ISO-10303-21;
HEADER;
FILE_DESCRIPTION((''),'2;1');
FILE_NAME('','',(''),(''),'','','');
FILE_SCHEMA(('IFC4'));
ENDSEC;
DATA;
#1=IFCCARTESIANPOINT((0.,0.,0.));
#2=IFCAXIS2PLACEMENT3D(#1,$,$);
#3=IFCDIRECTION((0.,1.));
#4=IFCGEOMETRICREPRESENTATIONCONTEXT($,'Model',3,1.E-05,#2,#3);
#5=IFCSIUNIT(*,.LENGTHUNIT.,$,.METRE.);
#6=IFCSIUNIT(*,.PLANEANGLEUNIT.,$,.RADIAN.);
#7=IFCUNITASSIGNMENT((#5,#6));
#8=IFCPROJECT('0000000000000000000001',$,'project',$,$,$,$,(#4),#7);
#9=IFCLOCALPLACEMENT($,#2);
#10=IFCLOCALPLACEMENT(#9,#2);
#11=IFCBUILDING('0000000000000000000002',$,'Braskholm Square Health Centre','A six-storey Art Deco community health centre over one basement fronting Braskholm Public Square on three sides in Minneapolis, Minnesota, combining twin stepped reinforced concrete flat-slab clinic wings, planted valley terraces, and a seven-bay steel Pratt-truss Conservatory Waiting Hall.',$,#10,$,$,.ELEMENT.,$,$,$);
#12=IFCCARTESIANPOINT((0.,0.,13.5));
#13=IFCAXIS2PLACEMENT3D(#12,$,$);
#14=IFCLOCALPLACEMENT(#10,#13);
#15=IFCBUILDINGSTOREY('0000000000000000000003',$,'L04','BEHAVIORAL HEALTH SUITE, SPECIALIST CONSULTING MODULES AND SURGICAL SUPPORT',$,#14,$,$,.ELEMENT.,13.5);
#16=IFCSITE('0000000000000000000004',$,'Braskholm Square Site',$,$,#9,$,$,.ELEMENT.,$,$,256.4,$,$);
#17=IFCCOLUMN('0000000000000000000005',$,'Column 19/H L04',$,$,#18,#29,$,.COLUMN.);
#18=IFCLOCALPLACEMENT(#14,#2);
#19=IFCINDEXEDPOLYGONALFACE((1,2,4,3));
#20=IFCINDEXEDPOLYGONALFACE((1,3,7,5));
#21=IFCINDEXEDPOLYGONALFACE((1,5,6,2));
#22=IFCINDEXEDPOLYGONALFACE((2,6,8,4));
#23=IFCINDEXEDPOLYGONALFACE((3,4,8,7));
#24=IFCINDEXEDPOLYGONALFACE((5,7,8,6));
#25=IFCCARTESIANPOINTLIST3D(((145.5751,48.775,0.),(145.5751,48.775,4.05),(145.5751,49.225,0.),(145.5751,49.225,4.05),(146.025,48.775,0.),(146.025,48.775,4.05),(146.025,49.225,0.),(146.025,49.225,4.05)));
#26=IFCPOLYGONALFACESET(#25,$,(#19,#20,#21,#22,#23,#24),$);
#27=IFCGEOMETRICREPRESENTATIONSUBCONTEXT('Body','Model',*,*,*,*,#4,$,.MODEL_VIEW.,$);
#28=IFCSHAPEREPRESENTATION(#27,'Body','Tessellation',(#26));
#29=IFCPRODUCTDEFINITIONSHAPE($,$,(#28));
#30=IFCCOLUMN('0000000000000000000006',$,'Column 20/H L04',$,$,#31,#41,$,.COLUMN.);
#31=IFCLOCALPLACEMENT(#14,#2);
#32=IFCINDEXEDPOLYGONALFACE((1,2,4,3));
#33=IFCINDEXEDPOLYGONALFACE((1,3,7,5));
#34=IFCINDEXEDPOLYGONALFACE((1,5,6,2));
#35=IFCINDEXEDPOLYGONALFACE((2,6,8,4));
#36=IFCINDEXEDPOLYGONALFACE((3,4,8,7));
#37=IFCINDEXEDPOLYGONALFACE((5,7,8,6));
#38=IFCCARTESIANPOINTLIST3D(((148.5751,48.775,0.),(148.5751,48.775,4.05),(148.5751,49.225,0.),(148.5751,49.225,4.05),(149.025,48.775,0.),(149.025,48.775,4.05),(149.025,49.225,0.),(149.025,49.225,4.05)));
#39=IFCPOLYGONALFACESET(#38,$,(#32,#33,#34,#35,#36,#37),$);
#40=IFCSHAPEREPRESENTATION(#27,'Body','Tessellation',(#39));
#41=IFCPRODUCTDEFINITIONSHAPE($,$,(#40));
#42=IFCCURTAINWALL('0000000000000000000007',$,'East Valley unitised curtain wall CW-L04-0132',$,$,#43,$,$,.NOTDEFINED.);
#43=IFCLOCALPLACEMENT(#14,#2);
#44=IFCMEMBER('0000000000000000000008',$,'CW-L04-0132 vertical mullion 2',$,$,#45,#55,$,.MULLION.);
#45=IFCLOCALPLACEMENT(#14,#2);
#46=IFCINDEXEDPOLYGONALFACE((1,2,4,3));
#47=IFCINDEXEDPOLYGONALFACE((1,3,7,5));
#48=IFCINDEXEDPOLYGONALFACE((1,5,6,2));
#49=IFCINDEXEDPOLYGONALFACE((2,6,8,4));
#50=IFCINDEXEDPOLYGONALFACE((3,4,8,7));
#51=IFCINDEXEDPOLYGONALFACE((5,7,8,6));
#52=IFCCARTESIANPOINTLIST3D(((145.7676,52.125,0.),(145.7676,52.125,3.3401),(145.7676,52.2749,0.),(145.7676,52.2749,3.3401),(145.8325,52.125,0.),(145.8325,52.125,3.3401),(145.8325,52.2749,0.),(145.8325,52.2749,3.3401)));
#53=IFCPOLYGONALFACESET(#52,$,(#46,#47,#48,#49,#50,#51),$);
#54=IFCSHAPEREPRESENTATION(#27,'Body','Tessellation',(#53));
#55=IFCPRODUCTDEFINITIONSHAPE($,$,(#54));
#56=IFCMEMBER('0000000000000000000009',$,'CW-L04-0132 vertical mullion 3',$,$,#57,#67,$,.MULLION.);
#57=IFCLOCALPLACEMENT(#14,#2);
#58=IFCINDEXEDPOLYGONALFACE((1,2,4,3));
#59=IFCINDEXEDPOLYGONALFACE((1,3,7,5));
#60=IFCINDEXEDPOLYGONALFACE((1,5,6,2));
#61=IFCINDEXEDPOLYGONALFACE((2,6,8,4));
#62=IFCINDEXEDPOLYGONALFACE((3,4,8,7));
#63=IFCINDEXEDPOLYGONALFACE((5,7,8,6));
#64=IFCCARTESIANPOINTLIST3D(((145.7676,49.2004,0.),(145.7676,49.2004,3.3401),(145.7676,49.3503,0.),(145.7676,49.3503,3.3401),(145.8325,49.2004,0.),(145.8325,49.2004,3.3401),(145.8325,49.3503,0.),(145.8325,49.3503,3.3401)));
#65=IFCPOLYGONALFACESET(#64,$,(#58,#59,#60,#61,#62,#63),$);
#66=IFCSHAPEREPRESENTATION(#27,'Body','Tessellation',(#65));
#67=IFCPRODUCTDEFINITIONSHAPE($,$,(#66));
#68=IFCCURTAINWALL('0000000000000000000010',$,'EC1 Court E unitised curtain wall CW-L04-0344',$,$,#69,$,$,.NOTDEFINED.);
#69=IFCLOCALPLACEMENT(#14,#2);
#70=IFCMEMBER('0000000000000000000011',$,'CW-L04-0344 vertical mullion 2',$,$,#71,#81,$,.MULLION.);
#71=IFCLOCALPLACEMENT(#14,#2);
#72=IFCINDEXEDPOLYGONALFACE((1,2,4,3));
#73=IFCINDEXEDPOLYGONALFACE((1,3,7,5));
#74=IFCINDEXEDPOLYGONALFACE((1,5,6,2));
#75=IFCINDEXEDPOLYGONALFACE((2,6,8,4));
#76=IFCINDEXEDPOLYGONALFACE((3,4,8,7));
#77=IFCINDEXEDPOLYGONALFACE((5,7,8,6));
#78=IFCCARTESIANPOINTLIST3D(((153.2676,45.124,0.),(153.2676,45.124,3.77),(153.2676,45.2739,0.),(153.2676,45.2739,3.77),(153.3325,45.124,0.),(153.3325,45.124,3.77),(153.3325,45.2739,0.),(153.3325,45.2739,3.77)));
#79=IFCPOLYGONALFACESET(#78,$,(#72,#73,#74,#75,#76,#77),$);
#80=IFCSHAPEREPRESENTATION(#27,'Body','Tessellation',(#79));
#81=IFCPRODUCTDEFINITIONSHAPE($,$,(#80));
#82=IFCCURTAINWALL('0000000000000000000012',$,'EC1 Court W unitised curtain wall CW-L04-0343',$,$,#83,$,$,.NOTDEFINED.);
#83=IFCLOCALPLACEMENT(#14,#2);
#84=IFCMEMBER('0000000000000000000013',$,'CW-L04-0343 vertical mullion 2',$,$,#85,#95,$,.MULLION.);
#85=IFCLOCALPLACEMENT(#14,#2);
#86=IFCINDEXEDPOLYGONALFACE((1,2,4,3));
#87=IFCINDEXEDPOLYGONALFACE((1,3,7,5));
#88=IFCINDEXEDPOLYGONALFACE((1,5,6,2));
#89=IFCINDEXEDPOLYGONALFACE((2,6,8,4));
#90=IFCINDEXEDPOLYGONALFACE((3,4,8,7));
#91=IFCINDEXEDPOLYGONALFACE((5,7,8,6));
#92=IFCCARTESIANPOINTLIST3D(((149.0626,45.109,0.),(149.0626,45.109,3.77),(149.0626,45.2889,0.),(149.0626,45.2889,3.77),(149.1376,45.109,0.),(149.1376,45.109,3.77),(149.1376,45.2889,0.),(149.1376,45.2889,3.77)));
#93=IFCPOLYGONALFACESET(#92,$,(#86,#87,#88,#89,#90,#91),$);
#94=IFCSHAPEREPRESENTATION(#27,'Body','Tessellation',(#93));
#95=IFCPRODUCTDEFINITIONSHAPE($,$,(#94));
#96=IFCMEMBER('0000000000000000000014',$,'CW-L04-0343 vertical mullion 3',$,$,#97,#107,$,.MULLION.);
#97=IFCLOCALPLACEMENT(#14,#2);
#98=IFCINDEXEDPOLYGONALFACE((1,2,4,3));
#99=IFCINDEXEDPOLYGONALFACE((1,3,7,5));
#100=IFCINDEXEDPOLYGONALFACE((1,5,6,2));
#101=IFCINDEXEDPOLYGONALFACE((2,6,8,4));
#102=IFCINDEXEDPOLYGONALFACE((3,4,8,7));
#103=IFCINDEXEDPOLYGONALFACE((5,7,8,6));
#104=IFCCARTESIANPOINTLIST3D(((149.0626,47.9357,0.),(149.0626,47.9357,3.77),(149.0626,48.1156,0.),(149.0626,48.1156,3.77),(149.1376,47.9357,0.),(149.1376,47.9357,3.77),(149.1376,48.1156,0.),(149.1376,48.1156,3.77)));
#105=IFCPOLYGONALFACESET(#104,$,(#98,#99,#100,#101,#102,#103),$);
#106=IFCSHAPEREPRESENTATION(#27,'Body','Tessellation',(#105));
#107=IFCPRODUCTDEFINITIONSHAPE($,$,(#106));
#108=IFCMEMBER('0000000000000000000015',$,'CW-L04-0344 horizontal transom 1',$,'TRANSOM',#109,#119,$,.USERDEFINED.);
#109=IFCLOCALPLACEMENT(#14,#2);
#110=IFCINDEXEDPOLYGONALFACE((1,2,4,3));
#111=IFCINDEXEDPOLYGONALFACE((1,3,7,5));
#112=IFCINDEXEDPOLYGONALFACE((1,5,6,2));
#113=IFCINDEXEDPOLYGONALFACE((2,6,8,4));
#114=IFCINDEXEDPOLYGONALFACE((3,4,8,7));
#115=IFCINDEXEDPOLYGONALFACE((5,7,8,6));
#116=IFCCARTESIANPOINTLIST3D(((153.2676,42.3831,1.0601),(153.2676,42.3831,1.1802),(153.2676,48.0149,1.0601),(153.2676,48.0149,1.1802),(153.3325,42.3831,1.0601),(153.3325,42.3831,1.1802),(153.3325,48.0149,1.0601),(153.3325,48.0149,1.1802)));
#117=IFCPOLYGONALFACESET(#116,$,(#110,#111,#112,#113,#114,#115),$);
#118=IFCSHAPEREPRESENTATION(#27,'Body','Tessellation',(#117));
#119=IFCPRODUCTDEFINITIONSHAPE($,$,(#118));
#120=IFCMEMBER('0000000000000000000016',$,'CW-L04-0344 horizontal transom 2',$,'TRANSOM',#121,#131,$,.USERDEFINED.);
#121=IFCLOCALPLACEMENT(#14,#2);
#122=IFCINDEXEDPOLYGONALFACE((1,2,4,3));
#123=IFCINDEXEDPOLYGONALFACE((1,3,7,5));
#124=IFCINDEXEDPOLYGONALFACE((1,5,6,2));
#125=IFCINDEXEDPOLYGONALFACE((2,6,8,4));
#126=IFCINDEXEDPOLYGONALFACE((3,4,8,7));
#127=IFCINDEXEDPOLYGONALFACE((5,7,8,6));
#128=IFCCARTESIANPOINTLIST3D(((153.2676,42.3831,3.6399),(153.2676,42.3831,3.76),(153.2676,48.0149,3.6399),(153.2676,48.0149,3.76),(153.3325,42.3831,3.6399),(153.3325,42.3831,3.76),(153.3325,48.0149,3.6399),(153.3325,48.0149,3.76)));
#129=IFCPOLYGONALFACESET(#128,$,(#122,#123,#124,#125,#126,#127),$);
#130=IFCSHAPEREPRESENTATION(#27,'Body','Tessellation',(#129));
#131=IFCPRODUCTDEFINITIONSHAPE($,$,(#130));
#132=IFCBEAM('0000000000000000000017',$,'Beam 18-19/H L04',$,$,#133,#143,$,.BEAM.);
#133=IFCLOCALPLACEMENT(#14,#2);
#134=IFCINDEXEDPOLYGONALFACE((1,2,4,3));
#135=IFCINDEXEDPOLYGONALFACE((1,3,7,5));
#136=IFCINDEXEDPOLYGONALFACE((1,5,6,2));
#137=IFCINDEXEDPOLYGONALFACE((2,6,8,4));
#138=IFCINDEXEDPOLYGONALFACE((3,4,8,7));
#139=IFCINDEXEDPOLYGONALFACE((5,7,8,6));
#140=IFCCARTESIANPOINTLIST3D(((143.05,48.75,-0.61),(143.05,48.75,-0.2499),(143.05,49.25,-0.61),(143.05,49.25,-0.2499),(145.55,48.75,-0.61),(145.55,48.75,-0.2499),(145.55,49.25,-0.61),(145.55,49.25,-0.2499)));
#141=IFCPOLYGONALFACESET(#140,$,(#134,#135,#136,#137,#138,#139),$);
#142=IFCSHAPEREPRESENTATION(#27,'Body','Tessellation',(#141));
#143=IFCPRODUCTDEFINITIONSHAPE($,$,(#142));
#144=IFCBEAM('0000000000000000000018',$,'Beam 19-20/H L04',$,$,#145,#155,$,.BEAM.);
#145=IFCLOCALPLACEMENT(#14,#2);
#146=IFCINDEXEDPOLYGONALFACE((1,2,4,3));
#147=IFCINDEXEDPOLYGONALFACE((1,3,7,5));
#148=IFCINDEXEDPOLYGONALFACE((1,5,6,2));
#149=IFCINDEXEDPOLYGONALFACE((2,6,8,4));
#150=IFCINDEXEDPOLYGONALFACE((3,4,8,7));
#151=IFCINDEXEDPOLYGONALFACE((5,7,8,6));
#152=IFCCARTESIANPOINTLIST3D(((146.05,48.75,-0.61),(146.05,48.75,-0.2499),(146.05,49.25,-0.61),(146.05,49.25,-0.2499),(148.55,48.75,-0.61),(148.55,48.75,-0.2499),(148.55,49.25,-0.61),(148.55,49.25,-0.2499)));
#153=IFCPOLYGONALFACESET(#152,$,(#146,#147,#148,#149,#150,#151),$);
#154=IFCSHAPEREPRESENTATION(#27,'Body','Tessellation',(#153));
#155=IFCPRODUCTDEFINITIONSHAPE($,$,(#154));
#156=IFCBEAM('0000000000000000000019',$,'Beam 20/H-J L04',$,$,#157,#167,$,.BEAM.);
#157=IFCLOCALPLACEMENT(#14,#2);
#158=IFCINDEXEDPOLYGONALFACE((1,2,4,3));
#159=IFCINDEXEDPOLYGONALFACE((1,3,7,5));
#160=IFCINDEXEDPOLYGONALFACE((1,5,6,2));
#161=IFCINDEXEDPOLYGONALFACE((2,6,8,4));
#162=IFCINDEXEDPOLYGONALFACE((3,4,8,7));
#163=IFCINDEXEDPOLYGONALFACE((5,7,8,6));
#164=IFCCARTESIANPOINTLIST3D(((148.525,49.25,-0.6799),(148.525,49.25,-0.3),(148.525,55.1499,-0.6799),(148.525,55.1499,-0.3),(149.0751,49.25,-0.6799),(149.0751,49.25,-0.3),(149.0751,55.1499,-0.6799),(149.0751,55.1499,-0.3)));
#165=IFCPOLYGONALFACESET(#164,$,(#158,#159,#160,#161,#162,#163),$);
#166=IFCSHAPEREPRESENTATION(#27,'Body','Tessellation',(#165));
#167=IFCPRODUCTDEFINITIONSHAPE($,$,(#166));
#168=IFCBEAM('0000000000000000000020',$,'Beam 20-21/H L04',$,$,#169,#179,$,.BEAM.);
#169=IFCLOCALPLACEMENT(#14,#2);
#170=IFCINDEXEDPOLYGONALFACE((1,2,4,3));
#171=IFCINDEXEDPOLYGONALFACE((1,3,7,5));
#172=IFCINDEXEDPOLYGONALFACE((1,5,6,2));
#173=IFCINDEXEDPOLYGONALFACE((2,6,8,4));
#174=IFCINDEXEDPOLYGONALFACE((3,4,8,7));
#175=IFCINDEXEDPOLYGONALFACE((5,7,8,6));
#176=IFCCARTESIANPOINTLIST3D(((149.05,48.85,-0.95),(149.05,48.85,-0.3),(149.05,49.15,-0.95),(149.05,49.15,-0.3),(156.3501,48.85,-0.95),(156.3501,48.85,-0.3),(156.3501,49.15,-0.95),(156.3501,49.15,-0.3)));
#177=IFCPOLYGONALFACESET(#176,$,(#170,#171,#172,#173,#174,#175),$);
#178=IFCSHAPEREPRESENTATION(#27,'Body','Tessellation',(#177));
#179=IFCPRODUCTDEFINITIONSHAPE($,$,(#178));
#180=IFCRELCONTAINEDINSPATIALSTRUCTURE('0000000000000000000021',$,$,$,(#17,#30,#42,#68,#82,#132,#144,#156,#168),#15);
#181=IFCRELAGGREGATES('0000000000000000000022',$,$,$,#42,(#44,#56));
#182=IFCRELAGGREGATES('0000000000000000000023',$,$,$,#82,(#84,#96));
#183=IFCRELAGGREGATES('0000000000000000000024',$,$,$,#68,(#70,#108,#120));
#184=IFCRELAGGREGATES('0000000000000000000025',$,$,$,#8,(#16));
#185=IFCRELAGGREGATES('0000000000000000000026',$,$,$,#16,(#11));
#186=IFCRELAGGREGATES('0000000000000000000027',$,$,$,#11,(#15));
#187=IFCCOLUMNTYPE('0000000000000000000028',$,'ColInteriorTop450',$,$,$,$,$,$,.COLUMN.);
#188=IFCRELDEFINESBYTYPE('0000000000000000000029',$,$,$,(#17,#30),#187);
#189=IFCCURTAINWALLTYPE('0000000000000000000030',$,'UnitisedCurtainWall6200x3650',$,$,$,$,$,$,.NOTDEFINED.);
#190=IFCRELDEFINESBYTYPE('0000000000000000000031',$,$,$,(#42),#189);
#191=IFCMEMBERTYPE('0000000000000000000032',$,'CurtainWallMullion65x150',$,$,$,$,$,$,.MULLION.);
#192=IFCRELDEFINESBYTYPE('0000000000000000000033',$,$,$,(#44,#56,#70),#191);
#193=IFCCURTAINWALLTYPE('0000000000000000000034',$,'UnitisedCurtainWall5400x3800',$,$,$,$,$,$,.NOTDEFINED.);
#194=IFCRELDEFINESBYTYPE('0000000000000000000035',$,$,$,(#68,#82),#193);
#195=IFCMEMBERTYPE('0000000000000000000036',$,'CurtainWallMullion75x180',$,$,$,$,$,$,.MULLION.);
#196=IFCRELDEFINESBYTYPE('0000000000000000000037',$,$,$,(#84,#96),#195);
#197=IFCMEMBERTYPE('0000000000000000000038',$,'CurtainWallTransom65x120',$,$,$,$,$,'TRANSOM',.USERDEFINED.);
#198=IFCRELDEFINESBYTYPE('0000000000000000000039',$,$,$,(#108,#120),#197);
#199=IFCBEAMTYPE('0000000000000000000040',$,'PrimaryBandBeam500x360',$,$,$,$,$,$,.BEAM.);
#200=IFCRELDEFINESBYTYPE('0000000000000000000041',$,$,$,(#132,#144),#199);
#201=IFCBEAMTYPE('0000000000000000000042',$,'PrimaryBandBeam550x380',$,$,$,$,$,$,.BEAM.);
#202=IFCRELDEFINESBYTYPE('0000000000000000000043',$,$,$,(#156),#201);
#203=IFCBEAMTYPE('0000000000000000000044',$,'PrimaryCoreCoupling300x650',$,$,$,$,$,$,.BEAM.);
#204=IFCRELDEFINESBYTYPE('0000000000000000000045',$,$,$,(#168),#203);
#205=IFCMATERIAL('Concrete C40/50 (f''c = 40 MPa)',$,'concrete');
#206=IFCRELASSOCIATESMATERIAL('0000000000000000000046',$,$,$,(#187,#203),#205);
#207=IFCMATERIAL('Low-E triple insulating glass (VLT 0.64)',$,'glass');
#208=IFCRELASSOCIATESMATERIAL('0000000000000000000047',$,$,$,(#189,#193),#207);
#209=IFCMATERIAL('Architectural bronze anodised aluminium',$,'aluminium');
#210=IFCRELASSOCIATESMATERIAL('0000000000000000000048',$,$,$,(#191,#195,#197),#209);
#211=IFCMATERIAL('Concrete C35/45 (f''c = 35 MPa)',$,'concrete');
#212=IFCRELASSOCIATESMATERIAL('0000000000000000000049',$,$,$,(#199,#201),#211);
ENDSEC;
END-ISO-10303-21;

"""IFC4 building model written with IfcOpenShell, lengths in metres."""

from ifc_helpers import new_model, si_unit, direction, frame, origin, origin_2d, place, context, subcontext, project, spatial, rectangle, extrude, material, material_profile, profile_set, type_object, element, aggregate, save


model = new_model("IFC4")

# Units and contexts
model_context = context("Model", 3, precision=1e-05, world=origin(), true_north=direction((0.0, 1.0)))
body_context = subcontext(model_context, "Body", "Model", "MODEL_VIEW")
ifc_project = project(units=[si_unit("LENGTHUNIT", "METRE"), si_unit("PLANEANGLEUNIT", "RADIAN")], contexts=[model_context])

# Site, building, storey
site_placement = place(None, origin())
site = spatial("IfcSite", under=ifc_project, at=site_placement, Name="Braskholm Square Site", CompositionType="ELEMENT", RefElevation=256.4)
building_placement = place(site_placement, origin())
building = spatial("IfcBuilding", under=site, at=building_placement, Name="Braskholm Square Health Centre", Description="A six-storey Art Deco community health centre over one basement fronting Braskholm Public Square on three sides in Minneapolis, Minnesota, combining twin stepped reinforced concrete flat-slab clinic wings, planted valley terraces, and a seven-bay steel Pratt-truss Conservatory Waiting Hall.", CompositionType="ELEMENT")
storey_placement = place(building_placement, frame((0.0, 0.0, 13.5)))
storey = spatial("IfcBuildingStorey", under=building, at=storey_placement, Name="L04", Description="BEHAVIORAL HEALTH SUITE, SPECIALIST CONSULTING MODULES AND SURGICAL SUPPORT", CompositionType="ELEMENT", Elevation=13.5)

# Columns
ifc_material_1 = material(Name="Concrete C40/50 (f'c = 40 MPa)", Category="concrete")
ifc_material_profile_1 = material_profile(ifc_material_1, rectangle(XDim=0.45, YDim=0.45, at=origin_2d()), Name="RC-450X450")
ifc_profile_set_1 = profile_set([ifc_material_profile_1], Name="Concrete C40/50 (f'c = 40 MPa)")
column_type = type_object("IfcColumnType", Name="ColInteriorTop450", PredefinedType="COLUMN", material=ifc_profile_set_1)
for number, where, z_axis, x_axis, name in (
    (1, (145.8, 49.0, 0.0), (0.0, 0.0, 1.0), (1.0, 0.0, 0.0), "Column 19/H L04"),
    (2, (148.8, 49.0, 0.0), (0.0, 0.0, 1.0), (1.0, 0.0, 0.0), "Column 20/H L04"),
):
    element("IfcColumn", number, at=place(storey_placement, frame(where, z_axis=z_axis, x_axis=x_axis)), inside=storey, type_object=column_type, Name=name, PredefinedType="COLUMN", context=body_context, shape_type="SweptSolid", body=[
        extrude(rectangle(XDim=0.45, YDim=0.45, at=origin_2d()), origin(), (0.0, 0.0, 1.0), 4.05),
    ])

# Curtain wall, members
ifc_material_2 = material(Name="Low-E triple insulating glass (VLT 0.64)", Category="glass")
curtain_wall_type_1 = type_object("IfcCurtainWallType", Name="UnitisedCurtainWall6200x3650", PredefinedType="NOTDEFINED", material=ifc_material_2)
curtain_wall_1_placement = place(storey_placement, origin())
curtain_wall_1 = element("IfcCurtainWall", 3, at=curtain_wall_1_placement, inside=storey, type_object=curtain_wall_type_1, Name="East Valley unitised curtain wall CW-L04-0132", PredefinedType="NOTDEFINED")
ifc_material_3 = material(Name="Architectural bronze anodised aluminium", Category="aluminium")
ifc_material_profile_2 = material_profile(ifc_material_3, rectangle(XDim=0.0649, YDim=0.1499, at=origin_2d()), Name="ALU-65X150")
ifc_profile_set_2 = profile_set([ifc_material_profile_2], Name="Architectural bronze anodised aluminium")
member_type_1 = type_object("IfcMemberType", Name="CurtainWallMullion65x150", PredefinedType="MULLION", material=ifc_profile_set_2)
member_1_placement = place(storey_placement, frame((145.8, 52.2, 0.0), z_axis=(0.0, 0.0, 1.0), x_axis=(1.0, 0.0, 0.0)))
member_1 = element("IfcMember", 4, at=member_1_placement, type_object=member_type_1, Name="CW-L04-0132 vertical mullion 2", PredefinedType="MULLION", context=body_context, shape_type="SweptSolid", body=[
    extrude(rectangle(XDim=0.0649, YDim=0.1499, at=origin_2d()), origin(), (0.0, 0.0, 1.0), 3.3401),
])
member_2_placement = place(storey_placement, frame((145.8, 49.2754, 0.0), z_axis=(0.0, 0.0, 1.0), x_axis=(1.0, 0.0, 0.0)))
member_2 = element("IfcMember", 5, at=member_2_placement, type_object=member_type_1, Name="CW-L04-0132 vertical mullion 3", PredefinedType="MULLION", context=body_context, shape_type="SweptSolid", body=[
    extrude(rectangle(XDim=0.0649, YDim=0.1499, at=origin_2d()), origin(), (0.0, 0.0, 1.0), 3.3401),
])

# Curtain wall, member
curtain_wall_type_2 = type_object("IfcCurtainWallType", Name="UnitisedCurtainWall5400x3800", PredefinedType="NOTDEFINED", material=ifc_material_2)
curtain_wall_2_placement = place(storey_placement, origin())
curtain_wall_2 = element("IfcCurtainWall", 6, at=curtain_wall_2_placement, inside=storey, type_object=curtain_wall_type_2, Name="EC1 Court E unitised curtain wall CW-L04-0344", PredefinedType="NOTDEFINED")
member_3_placement = place(storey_placement, frame((153.3, 45.199, 0.0), z_axis=(0.0, 0.0, 1.0), x_axis=(1.0, 0.0, 0.0)))
member_3 = element("IfcMember", 7, at=member_3_placement, type_object=member_type_1, Name="CW-L04-0344 vertical mullion 2", PredefinedType="MULLION", context=body_context, shape_type="SweptSolid", body=[
    extrude(rectangle(XDim=0.0649, YDim=0.1499, at=origin_2d()), origin(), (0.0, 0.0, 1.0), 3.77),
])

# Curtain wall, members
curtain_wall_3_placement = place(storey_placement, origin())
curtain_wall_3 = element("IfcCurtainWall", 8, at=curtain_wall_3_placement, inside=storey, type_object=curtain_wall_type_2, Name="EC1 Court W unitised curtain wall CW-L04-0343", PredefinedType="NOTDEFINED")
ifc_material_profile_3 = material_profile(ifc_material_3, rectangle(XDim=0.075, YDim=0.1799, at=origin_2d()), Name="ALU-75X180")
ifc_profile_set_3 = profile_set([ifc_material_profile_3], Name="Architectural bronze anodised aluminium")
member_type_2 = type_object("IfcMemberType", Name="CurtainWallMullion75x180", PredefinedType="MULLION", material=ifc_profile_set_3)
member_4_placement = place(storey_placement, frame((149.1001, 45.199, 0.0), z_axis=(0.0, 0.0, 1.0), x_axis=(1.0, 0.0, 0.0)))
member_4 = element("IfcMember", 9, at=member_4_placement, type_object=member_type_2, Name="CW-L04-0343 vertical mullion 2", PredefinedType="MULLION", context=body_context, shape_type="SweptSolid", body=[
    extrude(rectangle(XDim=0.075, YDim=0.1799, at=origin_2d()), origin(), (0.0, 0.0, 1.0), 3.77),
])
member_5_placement = place(storey_placement, frame((149.1001, 48.0256, 0.0), z_axis=(0.0, 0.0, 1.0), x_axis=(1.0, 0.0, 0.0)))
member_5 = element("IfcMember", 10, at=member_5_placement, type_object=member_type_2, Name="CW-L04-0343 vertical mullion 3", PredefinedType="MULLION", context=body_context, shape_type="SweptSolid", body=[
    extrude(rectangle(XDim=0.075, YDim=0.1799, at=origin_2d()), origin(), (0.0, 0.0, 1.0), 3.77),
])

# Members
ifc_material_profile_4 = material_profile(ifc_material_3, rectangle(XDim=0.0649, YDim=0.1201, at=origin_2d()), Name="ALU-65X120")
ifc_profile_set_4 = profile_set([ifc_material_profile_4], Name="Architectural bronze anodised aluminium")
member_type_3 = type_object("IfcMemberType", Name="CurtainWallTransom65x120", ElementType="TRANSOM", PredefinedType="USERDEFINED", material=ifc_profile_set_4)
member_6_placement = place(storey_placement, frame((153.3, 48.0149, 1.1201), z_axis=(0.0, -1.0, 0.0), x_axis=(1.0, 0.0, 0.0)))
member_6 = element("IfcMember", 11, at=member_6_placement, type_object=member_type_3, Name="CW-L04-0344 horizontal transom 1", ObjectType="TRANSOM", PredefinedType="USERDEFINED", context=body_context, shape_type="SweptSolid", body=[
    extrude(rectangle(XDim=0.0649, YDim=0.1201, at=origin_2d()), origin(), (0.0, 0.0, 1.0), 5.6318),
])
member_7_placement = place(storey_placement, frame((153.3, 48.0149, 3.7), z_axis=(0.0, -1.0, 0.0), x_axis=(1.0, 0.0, 0.0)))
member_7 = element("IfcMember", 12, at=member_7_placement, type_object=member_type_3, Name="CW-L04-0344 horizontal transom 2", ObjectType="TRANSOM", PredefinedType="USERDEFINED", context=body_context, shape_type="SweptSolid", body=[
    extrude(rectangle(XDim=0.0649, YDim=0.1201, at=origin_2d()), origin(), (0.0, 0.0, 1.0), 5.6318),
])

# Beams
ifc_material_4 = material(Name="Concrete C35/45 (f'c = 35 MPa)", Category="concrete")
ifc_material_profile_5 = material_profile(ifc_material_4, rectangle(XDim=0.5, YDim=0.3601, at=origin_2d()), Name="RCB-500X360")
ifc_profile_set_5 = profile_set([ifc_material_profile_5], Name="Concrete C35/45 (f'c = 35 MPa)")
beam_type_1 = type_object("IfcBeamType", Name="PrimaryBandBeam500x360", PredefinedType="BEAM", material=ifc_profile_set_5)
for number, where, z_axis, x_axis, name in (
    (13, (143.05, 49.0, -0.4299), (1.0, 0.0, 0.0), (0.0, 1.0, 0.0), "Beam 18-19/H L04"),
    (14, (146.05, 49.0, -0.4299), (1.0, 0.0, 0.0), (0.0, 1.0, 0.0), "Beam 19-20/H L04"),
):
    element("IfcBeam", number, at=place(storey_placement, frame(where, z_axis=z_axis, x_axis=x_axis)), inside=storey, type_object=beam_type_1, Name=name, PredefinedType="BEAM", context=body_context, shape_type="SweptSolid", body=[
        extrude(rectangle(XDim=0.5, YDim=0.3601, at=origin_2d()), origin(), (0.0, 0.0, 1.0), 2.5),
    ])
ifc_material_profile_6 = material_profile(ifc_material_4, rectangle(XDim=0.55, YDim=0.3799, at=origin_2d()), Name="RCB-550X380")
ifc_profile_set_6 = profile_set([ifc_material_profile_6], Name="Concrete C35/45 (f'c = 35 MPa)")
beam_type_2 = type_object("IfcBeamType", Name="PrimaryBandBeam550x380", PredefinedType="BEAM", material=ifc_profile_set_6)
beam_1_placement = place(storey_placement, frame((148.8, 49.25, -0.49), z_axis=(0.0, 1.0, 0.0), x_axis=(-1.0, 0.0, 0.0)))
element("IfcBeam", 15, at=beam_1_placement, inside=storey, type_object=beam_type_2, Name="Beam 20/H-J L04", PredefinedType="BEAM", context=body_context, shape_type="SweptSolid", body=[
    extrude(rectangle(XDim=0.55, YDim=0.3799, at=origin_2d()), origin(), (0.0, 0.0, 1.0), 5.8999),
])
ifc_material_profile_7 = material_profile(ifc_material_1, rectangle(XDim=0.3, YDim=0.6499, at=origin_2d()), Name="RCB-300X650")
ifc_profile_set_7 = profile_set([ifc_material_profile_7], Name="Concrete C40/50 (f'c = 40 MPa)")
beam_type_3 = type_object("IfcBeamType", Name="PrimaryCoreCoupling300x650", PredefinedType="BEAM", material=ifc_profile_set_7)
beam_2_placement = place(storey_placement, frame((149.05, 49.0, -0.625), z_axis=(1.0, 0.0, 0.0), x_axis=(0.0, 1.0, 0.0)))
element("IfcBeam", 16, at=beam_2_placement, inside=storey, type_object=beam_type_3, Name="Beam 20-21/H L04", PredefinedType="BEAM", context=body_context, shape_type="SweptSolid", body=[
    extrude(rectangle(XDim=0.3, YDim=0.6499, at=origin_2d()), origin(), (0.0, 0.0, 1.0), 7.3),
])

aggregate(curtain_wall_1, [member_1, member_2])
aggregate(curtain_wall_3, [member_4, member_5])
aggregate(curtain_wall_2, [member_3, member_6, member_7])

save(model, "model.ifc")
